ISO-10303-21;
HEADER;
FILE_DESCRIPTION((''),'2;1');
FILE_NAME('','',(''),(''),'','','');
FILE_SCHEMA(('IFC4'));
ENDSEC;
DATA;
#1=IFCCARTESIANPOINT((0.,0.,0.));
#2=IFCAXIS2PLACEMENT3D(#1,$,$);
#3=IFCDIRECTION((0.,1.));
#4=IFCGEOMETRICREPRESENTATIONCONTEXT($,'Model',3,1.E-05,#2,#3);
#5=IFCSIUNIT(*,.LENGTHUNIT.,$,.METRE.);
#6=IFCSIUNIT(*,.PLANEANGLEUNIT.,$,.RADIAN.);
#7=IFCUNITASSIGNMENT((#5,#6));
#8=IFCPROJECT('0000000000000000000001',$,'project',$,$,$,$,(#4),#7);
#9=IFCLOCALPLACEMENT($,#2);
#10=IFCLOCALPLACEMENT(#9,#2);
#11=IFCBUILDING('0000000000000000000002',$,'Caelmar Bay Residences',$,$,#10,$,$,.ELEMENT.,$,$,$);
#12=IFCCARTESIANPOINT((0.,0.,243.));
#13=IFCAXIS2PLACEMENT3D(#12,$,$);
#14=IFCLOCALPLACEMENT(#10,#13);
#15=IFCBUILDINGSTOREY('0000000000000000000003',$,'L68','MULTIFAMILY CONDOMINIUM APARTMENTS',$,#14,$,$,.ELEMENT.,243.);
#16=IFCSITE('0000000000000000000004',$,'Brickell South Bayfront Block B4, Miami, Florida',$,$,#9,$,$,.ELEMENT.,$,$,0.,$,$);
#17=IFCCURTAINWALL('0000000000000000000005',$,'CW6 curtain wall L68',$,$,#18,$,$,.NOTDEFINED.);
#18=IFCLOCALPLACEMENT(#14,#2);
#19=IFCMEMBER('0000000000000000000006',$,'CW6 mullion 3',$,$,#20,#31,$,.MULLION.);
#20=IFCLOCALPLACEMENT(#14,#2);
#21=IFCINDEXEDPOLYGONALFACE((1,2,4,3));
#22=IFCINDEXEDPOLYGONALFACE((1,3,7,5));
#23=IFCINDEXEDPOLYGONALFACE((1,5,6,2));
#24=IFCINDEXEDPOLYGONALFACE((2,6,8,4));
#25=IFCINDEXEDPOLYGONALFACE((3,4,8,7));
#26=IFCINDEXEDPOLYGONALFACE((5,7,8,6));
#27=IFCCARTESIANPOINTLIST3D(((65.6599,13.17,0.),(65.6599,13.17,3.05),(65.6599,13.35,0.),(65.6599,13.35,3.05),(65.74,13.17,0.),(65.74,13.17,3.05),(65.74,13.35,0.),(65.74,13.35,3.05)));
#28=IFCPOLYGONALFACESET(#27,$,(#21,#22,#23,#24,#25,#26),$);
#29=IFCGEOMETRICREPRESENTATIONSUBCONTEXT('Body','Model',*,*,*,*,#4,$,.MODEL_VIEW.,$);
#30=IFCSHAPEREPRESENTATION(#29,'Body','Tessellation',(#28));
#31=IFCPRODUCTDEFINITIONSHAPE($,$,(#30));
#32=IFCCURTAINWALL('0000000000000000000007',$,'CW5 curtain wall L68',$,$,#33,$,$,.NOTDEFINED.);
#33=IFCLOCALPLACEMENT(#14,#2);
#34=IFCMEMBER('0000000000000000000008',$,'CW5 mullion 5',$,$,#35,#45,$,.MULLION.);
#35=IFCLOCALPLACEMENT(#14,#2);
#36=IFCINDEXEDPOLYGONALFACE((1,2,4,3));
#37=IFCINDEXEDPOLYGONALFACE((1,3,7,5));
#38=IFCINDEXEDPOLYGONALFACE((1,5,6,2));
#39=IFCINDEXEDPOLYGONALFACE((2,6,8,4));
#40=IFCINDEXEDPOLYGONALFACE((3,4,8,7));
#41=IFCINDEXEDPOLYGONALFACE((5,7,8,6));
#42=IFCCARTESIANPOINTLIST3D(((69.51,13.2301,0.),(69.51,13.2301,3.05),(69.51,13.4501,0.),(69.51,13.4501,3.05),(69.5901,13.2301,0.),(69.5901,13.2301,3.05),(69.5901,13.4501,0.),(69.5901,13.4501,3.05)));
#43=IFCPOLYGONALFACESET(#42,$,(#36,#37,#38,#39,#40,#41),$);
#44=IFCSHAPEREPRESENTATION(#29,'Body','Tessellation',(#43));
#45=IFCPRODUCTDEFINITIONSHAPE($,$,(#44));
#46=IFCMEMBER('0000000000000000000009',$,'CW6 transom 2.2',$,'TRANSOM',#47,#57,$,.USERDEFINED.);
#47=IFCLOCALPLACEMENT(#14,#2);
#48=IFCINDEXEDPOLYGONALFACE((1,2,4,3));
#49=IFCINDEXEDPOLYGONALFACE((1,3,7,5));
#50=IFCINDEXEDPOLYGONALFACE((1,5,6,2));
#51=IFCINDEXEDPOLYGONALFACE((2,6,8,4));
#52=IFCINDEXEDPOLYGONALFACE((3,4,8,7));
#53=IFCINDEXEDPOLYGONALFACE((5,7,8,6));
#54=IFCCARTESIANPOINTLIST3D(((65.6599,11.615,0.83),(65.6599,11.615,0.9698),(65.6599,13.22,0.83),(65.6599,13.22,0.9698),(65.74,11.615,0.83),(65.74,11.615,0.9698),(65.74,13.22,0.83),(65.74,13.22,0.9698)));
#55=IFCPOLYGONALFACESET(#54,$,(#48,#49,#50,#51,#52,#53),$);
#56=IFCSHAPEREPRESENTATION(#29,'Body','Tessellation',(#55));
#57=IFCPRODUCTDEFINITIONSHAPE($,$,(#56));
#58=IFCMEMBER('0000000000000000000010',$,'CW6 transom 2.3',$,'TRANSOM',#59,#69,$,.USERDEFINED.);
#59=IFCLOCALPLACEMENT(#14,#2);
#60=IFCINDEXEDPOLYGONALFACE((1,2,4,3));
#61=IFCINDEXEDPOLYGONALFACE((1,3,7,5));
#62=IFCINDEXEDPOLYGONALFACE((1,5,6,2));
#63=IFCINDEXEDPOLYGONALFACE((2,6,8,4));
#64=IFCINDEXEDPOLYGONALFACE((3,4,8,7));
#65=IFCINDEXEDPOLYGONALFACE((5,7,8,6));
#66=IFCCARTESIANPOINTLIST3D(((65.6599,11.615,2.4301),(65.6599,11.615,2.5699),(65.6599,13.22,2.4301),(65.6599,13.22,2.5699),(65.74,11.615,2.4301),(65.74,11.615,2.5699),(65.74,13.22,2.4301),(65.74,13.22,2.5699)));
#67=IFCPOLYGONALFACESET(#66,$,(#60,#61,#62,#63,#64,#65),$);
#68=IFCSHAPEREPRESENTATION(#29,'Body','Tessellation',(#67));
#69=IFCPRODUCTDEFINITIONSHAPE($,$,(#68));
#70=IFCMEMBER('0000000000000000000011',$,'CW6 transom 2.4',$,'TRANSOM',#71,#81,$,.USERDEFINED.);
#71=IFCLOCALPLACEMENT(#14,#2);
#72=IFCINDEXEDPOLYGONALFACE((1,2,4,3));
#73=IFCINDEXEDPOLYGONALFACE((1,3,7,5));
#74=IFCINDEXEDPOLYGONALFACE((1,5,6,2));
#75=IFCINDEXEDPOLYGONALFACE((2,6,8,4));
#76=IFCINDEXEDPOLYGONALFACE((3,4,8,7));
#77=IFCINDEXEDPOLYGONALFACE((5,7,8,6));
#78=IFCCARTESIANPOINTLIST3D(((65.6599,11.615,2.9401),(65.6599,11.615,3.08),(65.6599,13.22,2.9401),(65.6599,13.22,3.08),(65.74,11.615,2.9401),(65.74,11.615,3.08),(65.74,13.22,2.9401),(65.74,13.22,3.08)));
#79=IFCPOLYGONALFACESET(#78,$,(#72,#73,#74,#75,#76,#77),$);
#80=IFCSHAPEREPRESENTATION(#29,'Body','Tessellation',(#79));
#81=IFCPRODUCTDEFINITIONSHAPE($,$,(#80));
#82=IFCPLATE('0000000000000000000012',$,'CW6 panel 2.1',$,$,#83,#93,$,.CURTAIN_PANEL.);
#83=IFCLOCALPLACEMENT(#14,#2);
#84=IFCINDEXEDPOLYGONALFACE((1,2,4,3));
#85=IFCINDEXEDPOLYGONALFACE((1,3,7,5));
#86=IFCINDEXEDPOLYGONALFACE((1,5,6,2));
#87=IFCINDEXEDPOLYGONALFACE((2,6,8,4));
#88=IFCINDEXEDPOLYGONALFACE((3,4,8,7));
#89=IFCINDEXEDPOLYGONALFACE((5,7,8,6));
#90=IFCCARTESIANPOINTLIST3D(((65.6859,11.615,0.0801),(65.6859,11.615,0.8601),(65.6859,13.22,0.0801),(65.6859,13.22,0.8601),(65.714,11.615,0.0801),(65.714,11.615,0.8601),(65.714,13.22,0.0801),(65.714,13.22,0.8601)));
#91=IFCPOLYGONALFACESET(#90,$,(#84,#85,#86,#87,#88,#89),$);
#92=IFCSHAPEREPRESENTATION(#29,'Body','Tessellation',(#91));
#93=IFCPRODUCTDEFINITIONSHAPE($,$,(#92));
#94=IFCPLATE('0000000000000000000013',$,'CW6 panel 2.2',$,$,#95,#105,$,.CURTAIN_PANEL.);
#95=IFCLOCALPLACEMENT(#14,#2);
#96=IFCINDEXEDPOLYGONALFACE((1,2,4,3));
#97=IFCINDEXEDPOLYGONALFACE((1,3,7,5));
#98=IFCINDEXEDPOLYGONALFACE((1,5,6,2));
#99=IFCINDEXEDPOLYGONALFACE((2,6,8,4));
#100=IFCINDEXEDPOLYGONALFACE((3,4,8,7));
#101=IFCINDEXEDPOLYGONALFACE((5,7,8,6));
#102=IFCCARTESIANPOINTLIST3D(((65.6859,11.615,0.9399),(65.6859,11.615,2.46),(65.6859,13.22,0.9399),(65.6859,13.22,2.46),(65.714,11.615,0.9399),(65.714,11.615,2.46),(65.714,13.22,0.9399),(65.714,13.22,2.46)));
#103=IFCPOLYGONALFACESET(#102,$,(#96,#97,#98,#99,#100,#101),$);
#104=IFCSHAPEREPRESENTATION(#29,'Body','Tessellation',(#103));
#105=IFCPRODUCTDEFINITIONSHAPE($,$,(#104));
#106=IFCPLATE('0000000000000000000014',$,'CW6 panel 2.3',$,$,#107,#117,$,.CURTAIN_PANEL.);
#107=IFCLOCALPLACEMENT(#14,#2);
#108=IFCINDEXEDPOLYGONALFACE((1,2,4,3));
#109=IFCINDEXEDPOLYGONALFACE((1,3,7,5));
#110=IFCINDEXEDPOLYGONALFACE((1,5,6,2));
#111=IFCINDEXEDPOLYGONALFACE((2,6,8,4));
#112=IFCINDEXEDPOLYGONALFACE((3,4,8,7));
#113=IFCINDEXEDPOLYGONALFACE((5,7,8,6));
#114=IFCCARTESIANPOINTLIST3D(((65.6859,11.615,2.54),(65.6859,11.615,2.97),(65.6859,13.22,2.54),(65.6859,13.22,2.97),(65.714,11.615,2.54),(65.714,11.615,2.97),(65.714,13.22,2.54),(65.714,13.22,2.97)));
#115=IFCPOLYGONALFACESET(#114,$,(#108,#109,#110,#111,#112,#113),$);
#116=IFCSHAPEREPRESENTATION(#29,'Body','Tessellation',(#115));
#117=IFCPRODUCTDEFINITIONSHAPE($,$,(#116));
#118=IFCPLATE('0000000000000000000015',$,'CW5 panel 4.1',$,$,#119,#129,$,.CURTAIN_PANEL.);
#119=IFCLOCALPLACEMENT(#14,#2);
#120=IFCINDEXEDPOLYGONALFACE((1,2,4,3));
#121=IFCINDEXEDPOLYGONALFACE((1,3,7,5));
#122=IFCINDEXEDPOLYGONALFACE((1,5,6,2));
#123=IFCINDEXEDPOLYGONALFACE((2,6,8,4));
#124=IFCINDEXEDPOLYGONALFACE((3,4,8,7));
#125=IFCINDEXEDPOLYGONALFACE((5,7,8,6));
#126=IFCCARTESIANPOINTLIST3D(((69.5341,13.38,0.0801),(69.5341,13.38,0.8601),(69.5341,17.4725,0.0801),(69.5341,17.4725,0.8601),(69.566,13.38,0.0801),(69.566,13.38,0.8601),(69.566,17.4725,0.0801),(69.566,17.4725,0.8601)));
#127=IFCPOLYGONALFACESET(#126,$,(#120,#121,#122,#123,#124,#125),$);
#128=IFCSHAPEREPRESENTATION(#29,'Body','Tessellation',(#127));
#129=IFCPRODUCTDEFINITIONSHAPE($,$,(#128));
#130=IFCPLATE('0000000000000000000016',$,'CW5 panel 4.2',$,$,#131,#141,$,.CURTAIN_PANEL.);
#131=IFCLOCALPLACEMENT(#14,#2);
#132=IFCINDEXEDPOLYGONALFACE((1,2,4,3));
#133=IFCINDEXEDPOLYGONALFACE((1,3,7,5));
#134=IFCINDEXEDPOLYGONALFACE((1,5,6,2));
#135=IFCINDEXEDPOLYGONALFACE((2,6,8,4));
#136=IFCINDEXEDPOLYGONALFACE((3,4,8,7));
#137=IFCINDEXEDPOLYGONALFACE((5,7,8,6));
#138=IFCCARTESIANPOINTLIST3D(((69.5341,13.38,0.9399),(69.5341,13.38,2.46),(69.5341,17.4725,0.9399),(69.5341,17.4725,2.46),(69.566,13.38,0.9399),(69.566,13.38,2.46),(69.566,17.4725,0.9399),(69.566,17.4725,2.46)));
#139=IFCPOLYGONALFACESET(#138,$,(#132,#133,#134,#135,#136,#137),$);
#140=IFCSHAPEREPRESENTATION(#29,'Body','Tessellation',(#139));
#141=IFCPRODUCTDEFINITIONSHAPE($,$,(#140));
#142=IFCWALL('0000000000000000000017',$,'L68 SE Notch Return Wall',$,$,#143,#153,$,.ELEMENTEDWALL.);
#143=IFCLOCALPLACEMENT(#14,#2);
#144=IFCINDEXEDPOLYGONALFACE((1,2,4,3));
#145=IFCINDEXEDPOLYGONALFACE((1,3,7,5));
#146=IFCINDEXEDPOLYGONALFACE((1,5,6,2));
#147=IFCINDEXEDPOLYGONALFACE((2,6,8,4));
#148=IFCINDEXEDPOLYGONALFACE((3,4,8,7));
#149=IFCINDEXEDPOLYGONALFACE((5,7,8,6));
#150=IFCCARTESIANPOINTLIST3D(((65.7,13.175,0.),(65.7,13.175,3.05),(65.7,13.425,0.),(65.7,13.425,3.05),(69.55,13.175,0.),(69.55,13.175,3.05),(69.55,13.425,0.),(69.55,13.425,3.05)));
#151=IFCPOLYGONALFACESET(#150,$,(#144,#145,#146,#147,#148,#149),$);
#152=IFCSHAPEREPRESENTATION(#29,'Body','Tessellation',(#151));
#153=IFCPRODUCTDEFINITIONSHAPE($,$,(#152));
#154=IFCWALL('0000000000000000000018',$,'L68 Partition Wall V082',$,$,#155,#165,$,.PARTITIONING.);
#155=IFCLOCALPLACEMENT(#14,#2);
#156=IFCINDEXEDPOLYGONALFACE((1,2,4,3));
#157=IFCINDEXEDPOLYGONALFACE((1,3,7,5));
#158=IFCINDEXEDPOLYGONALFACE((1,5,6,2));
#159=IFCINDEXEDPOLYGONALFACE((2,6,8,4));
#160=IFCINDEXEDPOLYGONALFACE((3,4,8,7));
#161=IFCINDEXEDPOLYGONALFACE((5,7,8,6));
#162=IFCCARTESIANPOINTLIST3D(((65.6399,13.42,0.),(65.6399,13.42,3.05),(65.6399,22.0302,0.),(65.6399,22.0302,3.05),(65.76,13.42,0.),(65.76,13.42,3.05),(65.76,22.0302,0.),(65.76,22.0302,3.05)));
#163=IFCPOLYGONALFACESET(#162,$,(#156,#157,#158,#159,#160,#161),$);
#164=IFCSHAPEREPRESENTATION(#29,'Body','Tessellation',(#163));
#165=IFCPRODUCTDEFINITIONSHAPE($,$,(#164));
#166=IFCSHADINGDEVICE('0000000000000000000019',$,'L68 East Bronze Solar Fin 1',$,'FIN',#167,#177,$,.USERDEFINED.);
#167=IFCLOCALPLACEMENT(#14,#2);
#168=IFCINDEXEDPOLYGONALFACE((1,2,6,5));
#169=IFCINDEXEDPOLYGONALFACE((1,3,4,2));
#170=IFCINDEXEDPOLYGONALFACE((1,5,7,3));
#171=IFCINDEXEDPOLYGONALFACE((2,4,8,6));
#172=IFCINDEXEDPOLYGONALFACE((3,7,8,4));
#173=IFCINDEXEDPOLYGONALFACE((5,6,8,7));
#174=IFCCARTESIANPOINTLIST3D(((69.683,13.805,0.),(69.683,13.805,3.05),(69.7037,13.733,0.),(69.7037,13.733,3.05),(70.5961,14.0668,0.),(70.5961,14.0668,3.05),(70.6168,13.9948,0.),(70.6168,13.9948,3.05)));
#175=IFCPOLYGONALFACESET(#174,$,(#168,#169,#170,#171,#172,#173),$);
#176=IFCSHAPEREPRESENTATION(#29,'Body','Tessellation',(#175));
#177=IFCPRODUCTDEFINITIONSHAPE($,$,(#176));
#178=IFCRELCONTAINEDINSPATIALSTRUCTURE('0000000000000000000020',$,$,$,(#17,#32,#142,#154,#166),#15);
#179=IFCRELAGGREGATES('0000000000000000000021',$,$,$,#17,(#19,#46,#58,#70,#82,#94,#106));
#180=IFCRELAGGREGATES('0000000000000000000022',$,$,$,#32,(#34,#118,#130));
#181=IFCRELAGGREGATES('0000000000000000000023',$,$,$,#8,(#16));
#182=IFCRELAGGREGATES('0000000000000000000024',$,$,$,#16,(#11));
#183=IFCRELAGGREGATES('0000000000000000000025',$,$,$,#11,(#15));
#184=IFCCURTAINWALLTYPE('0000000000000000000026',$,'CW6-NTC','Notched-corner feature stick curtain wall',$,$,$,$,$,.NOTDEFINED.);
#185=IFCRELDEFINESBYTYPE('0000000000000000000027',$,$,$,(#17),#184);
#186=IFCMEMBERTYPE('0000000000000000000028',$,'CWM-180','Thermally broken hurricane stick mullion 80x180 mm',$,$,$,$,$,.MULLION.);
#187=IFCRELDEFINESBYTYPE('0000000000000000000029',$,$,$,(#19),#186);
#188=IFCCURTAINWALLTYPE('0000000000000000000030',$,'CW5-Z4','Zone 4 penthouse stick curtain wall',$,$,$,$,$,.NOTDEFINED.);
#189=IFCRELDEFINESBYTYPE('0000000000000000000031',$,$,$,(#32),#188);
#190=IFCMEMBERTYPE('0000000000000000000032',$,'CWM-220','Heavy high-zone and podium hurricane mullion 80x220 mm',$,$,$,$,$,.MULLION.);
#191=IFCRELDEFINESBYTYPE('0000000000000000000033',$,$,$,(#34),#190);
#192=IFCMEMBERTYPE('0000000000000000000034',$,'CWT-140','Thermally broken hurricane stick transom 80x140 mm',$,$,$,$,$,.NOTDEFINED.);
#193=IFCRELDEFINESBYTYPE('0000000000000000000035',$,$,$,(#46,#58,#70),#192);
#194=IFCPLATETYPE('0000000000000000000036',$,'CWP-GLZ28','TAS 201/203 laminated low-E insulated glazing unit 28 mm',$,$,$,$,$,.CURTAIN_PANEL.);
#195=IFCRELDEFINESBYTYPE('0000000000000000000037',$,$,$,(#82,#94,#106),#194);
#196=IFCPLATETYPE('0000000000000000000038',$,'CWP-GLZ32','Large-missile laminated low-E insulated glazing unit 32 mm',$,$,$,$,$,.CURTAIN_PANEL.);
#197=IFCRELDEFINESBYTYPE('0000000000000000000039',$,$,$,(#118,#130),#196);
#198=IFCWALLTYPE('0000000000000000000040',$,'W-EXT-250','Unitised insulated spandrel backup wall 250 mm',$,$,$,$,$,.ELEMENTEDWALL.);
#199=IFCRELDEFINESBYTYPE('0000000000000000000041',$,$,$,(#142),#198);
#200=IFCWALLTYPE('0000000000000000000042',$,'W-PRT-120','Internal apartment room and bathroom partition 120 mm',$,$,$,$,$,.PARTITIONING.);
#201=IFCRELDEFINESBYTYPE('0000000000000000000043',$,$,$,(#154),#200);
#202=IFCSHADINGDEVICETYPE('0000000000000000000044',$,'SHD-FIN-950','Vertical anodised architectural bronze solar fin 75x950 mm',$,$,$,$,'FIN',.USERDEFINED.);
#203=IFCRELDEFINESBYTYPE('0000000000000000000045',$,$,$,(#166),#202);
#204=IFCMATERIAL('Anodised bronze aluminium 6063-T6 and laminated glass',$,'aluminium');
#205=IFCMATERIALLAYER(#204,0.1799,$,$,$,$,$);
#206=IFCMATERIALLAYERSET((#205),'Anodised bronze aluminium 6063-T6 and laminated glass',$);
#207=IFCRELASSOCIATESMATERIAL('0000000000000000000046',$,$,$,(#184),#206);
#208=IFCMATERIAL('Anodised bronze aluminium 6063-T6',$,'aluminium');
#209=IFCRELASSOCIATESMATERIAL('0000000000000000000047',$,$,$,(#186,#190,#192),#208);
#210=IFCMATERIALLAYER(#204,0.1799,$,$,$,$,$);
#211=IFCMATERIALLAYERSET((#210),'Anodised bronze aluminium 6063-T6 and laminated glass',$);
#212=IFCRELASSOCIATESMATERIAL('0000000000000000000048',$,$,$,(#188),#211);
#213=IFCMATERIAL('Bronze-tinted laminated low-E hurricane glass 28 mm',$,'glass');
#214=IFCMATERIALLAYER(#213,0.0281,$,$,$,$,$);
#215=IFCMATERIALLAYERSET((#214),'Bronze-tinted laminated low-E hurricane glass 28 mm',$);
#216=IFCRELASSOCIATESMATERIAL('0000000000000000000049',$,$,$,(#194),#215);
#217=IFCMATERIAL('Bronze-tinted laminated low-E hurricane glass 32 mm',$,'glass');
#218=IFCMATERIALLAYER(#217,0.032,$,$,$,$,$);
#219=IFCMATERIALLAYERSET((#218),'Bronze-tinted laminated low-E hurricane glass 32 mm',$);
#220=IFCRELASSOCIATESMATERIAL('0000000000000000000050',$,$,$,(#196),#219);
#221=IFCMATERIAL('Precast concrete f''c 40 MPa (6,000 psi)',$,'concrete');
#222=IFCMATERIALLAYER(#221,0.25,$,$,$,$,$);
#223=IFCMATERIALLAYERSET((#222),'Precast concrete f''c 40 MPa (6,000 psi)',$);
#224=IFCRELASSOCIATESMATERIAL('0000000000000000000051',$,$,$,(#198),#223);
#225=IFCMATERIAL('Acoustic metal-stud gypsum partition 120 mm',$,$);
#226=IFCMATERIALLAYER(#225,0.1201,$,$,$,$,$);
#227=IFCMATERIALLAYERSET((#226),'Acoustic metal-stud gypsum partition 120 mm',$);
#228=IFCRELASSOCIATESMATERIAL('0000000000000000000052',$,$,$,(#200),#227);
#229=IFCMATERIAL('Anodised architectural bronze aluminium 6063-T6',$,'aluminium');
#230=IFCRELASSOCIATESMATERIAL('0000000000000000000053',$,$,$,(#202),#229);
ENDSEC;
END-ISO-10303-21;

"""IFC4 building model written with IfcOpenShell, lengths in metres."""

from ifc_helpers import new_model, si_unit, direction, frame, frame_2d, origin, origin_2d, place, context, subcontext, project, spatial, rectangle, extrude, material, layer, layer_set, material_profile, profile_set, type_object, element, aggregate, save


model = new_model("IFC4")

# Units and contexts
model_context = context("Model", 3, precision=1e-05, world=origin(), true_north=direction((0.0, 1.0)))
body_context = subcontext(model_context, "Body", "Model", "MODEL_VIEW")
ifc_project = project(units=[si_unit("LENGTHUNIT", "METRE"), si_unit("PLANEANGLEUNIT", "RADIAN")], contexts=[model_context])

# Site, building, storey
site_placement = place(None, origin())
site = spatial("IfcSite", under=ifc_project, at=site_placement, Name="Brickell South Bayfront Block B4, Miami, Florida", CompositionType="ELEMENT", RefElevation=0.0)
building_placement = place(site_placement, origin())
building = spatial("IfcBuilding", under=site, at=building_placement, Name="Caelmar Bay Residences", CompositionType="ELEMENT")
storey_placement = place(building_placement, frame((0.0, 0.0, 243.0)))
storey = spatial("IfcBuildingStorey", under=building, at=storey_placement, Name="L68", Description="MULTIFAMILY CONDOMINIUM APARTMENTS", CompositionType="ELEMENT", Elevation=243.0)

# Curtain walls, members
ifc_material_1 = material(Name="Anodised bronze aluminium 6063-T6 and laminated glass", Category="aluminium")
ifc_layer_1 = layer(ifc_material_1, 0.1799)
ifc_layer_set_1 = layer_set([ifc_layer_1], Name="Anodised bronze aluminium 6063-T6 and laminated glass")
curtain_wall_type_1 = type_object("IfcCurtainWallType", Name="CW6-NTC", Description="Notched-corner feature stick curtain wall", PredefinedType="NOTDEFINED", material=ifc_layer_set_1)
curtain_wall_1_placement = place(storey_placement, origin())
curtain_wall_1 = element("IfcCurtainWall", 1, at=curtain_wall_1_placement, inside=storey, type_object=curtain_wall_type_1, Name="CW6 curtain wall L68", PredefinedType="NOTDEFINED")
ifc_material_2 = material(Name="Anodised bronze aluminium 6063-T6", Category="aluminium")
ifc_material_profile_1 = material_profile(ifc_material_2, rectangle(XDim=0.0801, YDim=0.1799, at=origin_2d()), Name="CWM-80X180")
ifc_profile_set_1 = profile_set([ifc_material_profile_1], Name="Anodised bronze aluminium 6063-T6")
member_type_1 = type_object("IfcMemberType", Name="CWM-180", Description="Thermally broken hurricane stick mullion 80x180 mm", PredefinedType="MULLION", material=ifc_profile_set_1)
member_1_placement = place(storey_placement, frame((65.7, 13.26, 0.0), z_axis=(0.0, 0.0, 1.0), x_axis=(-1.0, 0.0, 0.0)))
member_1 = element("IfcMember", 2, at=member_1_placement, type_object=member_type_1, Name="CW6 mullion 3", PredefinedType="MULLION", context=body_context, shape_type="SweptSolid", body=[
    extrude(rectangle(XDim=0.0801, YDim=0.1799, at=origin_2d()), origin(), (0.0, 0.0, 1.0), 3.05),
])
ifc_layer_2 = layer(ifc_material_1, 0.1799)
ifc_layer_set_2 = layer_set([ifc_layer_2], Name="Anodised bronze aluminium 6063-T6 and laminated glass")
curtain_wall_type_2 = type_object("IfcCurtainWallType", Name="CW5-Z4", Description="Zone 4 penthouse stick curtain wall", PredefinedType="NOTDEFINED", material=ifc_layer_set_2)
curtain_wall_2_placement = place(storey_placement, origin())
curtain_wall_2 = element("IfcCurtainWall", 3, at=curtain_wall_2_placement, inside=storey, type_object=curtain_wall_type_2, Name="CW5 curtain wall L68", PredefinedType="NOTDEFINED")
ifc_material_profile_2 = material_profile(ifc_material_2, rectangle(XDim=0.0801, YDim=0.22, at=origin_2d()), Name="CWM-80X220")
ifc_profile_set_2 = profile_set([ifc_material_profile_2], Name="Anodised bronze aluminium 6063-T6")
member_type_2 = type_object("IfcMemberType", Name="CWM-220", Description="Heavy high-zone and podium hurricane mullion 80x220 mm", PredefinedType="MULLION", material=ifc_profile_set_2)
member_2_placement = place(storey_placement, frame((69.55, 13.3401, 0.0), z_axis=(0.0, 0.0, 1.0), x_axis=(1.0, 0.0, 0.0)))
member_2 = element("IfcMember", 4, at=member_2_placement, type_object=member_type_2, Name="CW5 mullion 5", PredefinedType="MULLION", context=body_context, shape_type="SweptSolid", body=[
    extrude(rectangle(XDim=0.0801, YDim=0.22, at=origin_2d()), origin(), (0.0, 0.0, 1.0), 3.05),
])

# Members
ifc_material_profile_3 = material_profile(ifc_material_2, rectangle(XDim=0.0801, YDim=0.1399, at=origin_2d()), Name="CWT-80X140")
ifc_profile_set_3 = profile_set([ifc_material_profile_3], Name="Anodised bronze aluminium 6063-T6")
member_type_3 = type_object("IfcMemberType", Name="CWT-140", Description="Thermally broken hurricane stick transom 80x140 mm", PredefinedType="NOTDEFINED", material=ifc_profile_set_3)
member_3_placement = place(storey_placement, frame((65.7, 11.615, 0.8999), z_axis=(0.0, 1.0, 0.0), x_axis=(-1.0, 0.0, 0.0)))
member_3 = element("IfcMember", 5, at=member_3_placement, type_object=member_type_3, Name="CW6 transom 2.2", ObjectType="TRANSOM", PredefinedType="USERDEFINED", context=body_context, shape_type="SweptSolid", body=[
    extrude(rectangle(XDim=0.0801, YDim=0.1399, at=origin_2d()), origin(), (0.0, 0.0, 1.0), 1.605),
])
member_4_placement = place(storey_placement, frame((65.7, 11.615, 2.5), z_axis=(0.0, 1.0, 0.0), x_axis=(-1.0, 0.0, 0.0)))
member_4 = element("IfcMember", 6, at=member_4_placement, type_object=member_type_3, Name="CW6 transom 2.3", ObjectType="TRANSOM", PredefinedType="USERDEFINED", context=body_context, shape_type="SweptSolid", body=[
    extrude(rectangle(XDim=0.0801, YDim=0.1399, at=origin_2d()), origin(), (0.0, 0.0, 1.0), 1.605),
])
member_5_placement = place(storey_placement, frame((65.7, 11.615, 3.01), z_axis=(0.0, 1.0, 0.0), x_axis=(-1.0, 0.0, 0.0)))
member_5 = element("IfcMember", 7, at=member_5_placement, type_object=member_type_3, Name="CW6 transom 2.4", ObjectType="TRANSOM", PredefinedType="USERDEFINED", context=body_context, shape_type="SweptSolid", body=[
    extrude(rectangle(XDim=0.0801, YDim=0.1399, at=origin_2d()), origin(), (0.0, 0.0, 1.0), 1.605),
])

# Plates
ifc_material_3 = material(Name="Bronze-tinted laminated low-E hurricane glass 28 mm", Category="glass")
ifc_layer_3 = layer(ifc_material_3, 0.0281)
ifc_layer_set_3 = layer_set([ifc_layer_3], Name="Bronze-tinted laminated low-E hurricane glass 28 mm")
plate_type_1 = type_object("IfcPlateType", Name="CWP-GLZ28", Description="TAS 201/203 laminated low-E insulated glazing unit 28 mm", PredefinedType="CURTAIN_PANEL", material=ifc_layer_set_3)
plate_1_placement = place(storey_placement, frame((65.7, 12.4175, 0.0801), z_axis=(0.0, 0.0, 1.0), x_axis=(0.0, 1.0, 0.0)))
plate_1 = element("IfcPlate", 8, at=plate_1_placement, type_object=plate_type_1, Name="CW6 panel 2.1", PredefinedType="CURTAIN_PANEL", context=body_context, shape_type="SweptSolid", body=[
    extrude(rectangle(XDim=1.605, YDim=0.0281, at=origin_2d()), origin(), (0.0, 0.0, 1.0), 0.78),
])
plate_2_placement = place(storey_placement, frame((65.7, 12.4175, 0.9399), z_axis=(0.0, 0.0, 1.0), x_axis=(0.0, 1.0, 0.0)))
plate_2 = element("IfcPlate", 9, at=plate_2_placement, type_object=plate_type_1, Name="CW6 panel 2.2", PredefinedType="CURTAIN_PANEL", context=body_context, shape_type="SweptSolid", body=[
    extrude(rectangle(XDim=1.605, YDim=0.0281, at=origin_2d()), origin(), (0.0, 0.0, 1.0), 1.52),
])
plate_3_placement = place(storey_placement, frame((65.7, 12.4175, 2.54), z_axis=(0.0, 0.0, 1.0), x_axis=(0.0, 1.0, 0.0)))
plate_3 = element("IfcPlate", 10, at=plate_3_placement, type_object=plate_type_1, Name="CW6 panel 2.3", PredefinedType="CURTAIN_PANEL", context=body_context, shape_type="SweptSolid", body=[
    extrude(rectangle(XDim=1.605, YDim=0.0281, at=origin_2d()), origin(), (0.0, 0.0, 1.0), 0.4299),
])
aggregate(curtain_wall_1, [member_1, member_3, member_4, member_5, plate_1, plate_2, plate_3])
ifc_material_4 = material(Name="Bronze-tinted laminated low-E hurricane glass 32 mm", Category="glass")
ifc_layer_4 = layer(ifc_material_4, 0.032)
ifc_layer_set_4 = layer_set([ifc_layer_4], Name="Bronze-tinted laminated low-E hurricane glass 32 mm")
plate_type_2 = type_object("IfcPlateType", Name="CWP-GLZ32", Description="Large-missile laminated low-E insulated glazing unit 32 mm", PredefinedType="CURTAIN_PANEL", material=ifc_layer_set_4)
plate_4_placement = place(storey_placement, frame((69.55, 15.4263, 0.0801), z_axis=(0.0, 0.0, 1.0), x_axis=(0.0, -1.0, 0.0)))
plate_4 = element("IfcPlate", 11, at=plate_4_placement, type_object=plate_type_2, Name="CW5 panel 4.1", PredefinedType="CURTAIN_PANEL", context=body_context, shape_type="SweptSolid", body=[
    extrude(rectangle(XDim=4.0925, YDim=0.032, at=origin_2d()), origin(), (0.0, 0.0, 1.0), 0.78),
])
plate_5_placement = place(storey_placement, frame((69.55, 15.4263, 0.9399), z_axis=(0.0, 0.0, 1.0), x_axis=(0.0, -1.0, 0.0)))
plate_5 = element("IfcPlate", 12, at=plate_5_placement, type_object=plate_type_2, Name="CW5 panel 4.2", PredefinedType="CURTAIN_PANEL", context=body_context, shape_type="SweptSolid", body=[
    extrude(rectangle(XDim=4.0925, YDim=0.032, at=origin_2d()), origin(), (0.0, 0.0, 1.0), 1.52),
])
aggregate(curtain_wall_2, [member_2, plate_4, plate_5])

# Walls
ifc_material_5 = material(Name="Precast concrete f'c 40 MPa (6,000 psi)", Category="concrete")
ifc_layer_5 = layer(ifc_material_5, 0.25)
ifc_layer_set_5 = layer_set([ifc_layer_5], Name="Precast concrete f'c 40 MPa (6,000 psi)")
wall_type_1 = type_object("IfcWallType", Name="W-EXT-250", Description="Unitised insulated spandrel backup wall 250 mm", PredefinedType="ELEMENTEDWALL", material=ifc_layer_set_5)
wall_1_placement = place(storey_placement, frame((65.7, 13.3, 0.0), z_axis=(0.0, 0.0, 1.0), x_axis=(1.0, 0.0, 0.0)))
element("IfcWall", 13, at=wall_1_placement, inside=storey, type_object=wall_type_1, Name="L68 SE Notch Return Wall", PredefinedType="ELEMENTEDWALL", context=body_context, shape_type="SweptSolid", body=[
    extrude(rectangle(XDim=3.8501, YDim=0.25, at=frame_2d((1.925, 0.0))), origin(), (0.0, 0.0, 1.0), 3.05),
])
ifc_material_6 = material(Name="Acoustic metal-stud gypsum partition 120 mm")
ifc_layer_6 = layer(ifc_material_6, 0.1201)
ifc_layer_set_6 = layer_set([ifc_layer_6], Name="Acoustic metal-stud gypsum partition 120 mm")
wall_type_2 = type_object("IfcWallType", Name="W-PRT-120", Description="Internal apartment room and bathroom partition 120 mm", PredefinedType="PARTITIONING", material=ifc_layer_set_6)
wall_2_placement = place(storey_placement, frame((65.7, 13.4199, 0.0), z_axis=(0.0, 0.0, 1.0), x_axis=(0.0, 1.0, 0.0)))
element("IfcWall", 14, at=wall_2_placement, inside=storey, type_object=wall_type_2, Name="L68 Partition Wall V082", PredefinedType="PARTITIONING", context=body_context, shape_type="SweptSolid", body=[
    extrude(rectangle(XDim=8.6101, YDim=0.1201, at=frame_2d((4.3052, 0.0))), origin(), (0.0, 0.0, 1.0), 3.05),
])

# Shading device
ifc_material_7 = material(Name="Anodised architectural bronze aluminium 6063-T6", Category="aluminium")
ifc_material_profile_4 = material_profile(ifc_material_7, rectangle(XDim=0.075, YDim=0.95, at=origin_2d()), Name="BRONZE-FIN-75X950")
ifc_profile_set_4 = profile_set([ifc_material_profile_4], Name="Anodised architectural bronze aluminium 6063-T6")
shading_device_type = type_object("IfcShadingDeviceType", Name="SHD-FIN-950", Description="Vertical anodised architectural bronze solar fin 75x950 mm", ElementType="FIN", PredefinedType="USERDEFINED", material=ifc_profile_set_4)
shading_device_placement = place(storey_placement, frame((70.1499, 13.8999, 0.0), z_axis=(0.0, 0.0, 1.0), x_axis=(-0.275637, 0.961262, 0.0)))
element("IfcShadingDevice", 15, at=shading_device_placement, inside=storey, type_object=shading_device_type, Name="L68 East Bronze Solar Fin 1", ObjectType="FIN", PredefinedType="USERDEFINED", context=body_context, shape_type="SweptSolid", body=[
    extrude(rectangle(XDim=0.075, YDim=0.95, at=origin_2d()), origin(), (0.0, 0.0, 1.0), 3.05),
])

save(model, "model.ifc")
